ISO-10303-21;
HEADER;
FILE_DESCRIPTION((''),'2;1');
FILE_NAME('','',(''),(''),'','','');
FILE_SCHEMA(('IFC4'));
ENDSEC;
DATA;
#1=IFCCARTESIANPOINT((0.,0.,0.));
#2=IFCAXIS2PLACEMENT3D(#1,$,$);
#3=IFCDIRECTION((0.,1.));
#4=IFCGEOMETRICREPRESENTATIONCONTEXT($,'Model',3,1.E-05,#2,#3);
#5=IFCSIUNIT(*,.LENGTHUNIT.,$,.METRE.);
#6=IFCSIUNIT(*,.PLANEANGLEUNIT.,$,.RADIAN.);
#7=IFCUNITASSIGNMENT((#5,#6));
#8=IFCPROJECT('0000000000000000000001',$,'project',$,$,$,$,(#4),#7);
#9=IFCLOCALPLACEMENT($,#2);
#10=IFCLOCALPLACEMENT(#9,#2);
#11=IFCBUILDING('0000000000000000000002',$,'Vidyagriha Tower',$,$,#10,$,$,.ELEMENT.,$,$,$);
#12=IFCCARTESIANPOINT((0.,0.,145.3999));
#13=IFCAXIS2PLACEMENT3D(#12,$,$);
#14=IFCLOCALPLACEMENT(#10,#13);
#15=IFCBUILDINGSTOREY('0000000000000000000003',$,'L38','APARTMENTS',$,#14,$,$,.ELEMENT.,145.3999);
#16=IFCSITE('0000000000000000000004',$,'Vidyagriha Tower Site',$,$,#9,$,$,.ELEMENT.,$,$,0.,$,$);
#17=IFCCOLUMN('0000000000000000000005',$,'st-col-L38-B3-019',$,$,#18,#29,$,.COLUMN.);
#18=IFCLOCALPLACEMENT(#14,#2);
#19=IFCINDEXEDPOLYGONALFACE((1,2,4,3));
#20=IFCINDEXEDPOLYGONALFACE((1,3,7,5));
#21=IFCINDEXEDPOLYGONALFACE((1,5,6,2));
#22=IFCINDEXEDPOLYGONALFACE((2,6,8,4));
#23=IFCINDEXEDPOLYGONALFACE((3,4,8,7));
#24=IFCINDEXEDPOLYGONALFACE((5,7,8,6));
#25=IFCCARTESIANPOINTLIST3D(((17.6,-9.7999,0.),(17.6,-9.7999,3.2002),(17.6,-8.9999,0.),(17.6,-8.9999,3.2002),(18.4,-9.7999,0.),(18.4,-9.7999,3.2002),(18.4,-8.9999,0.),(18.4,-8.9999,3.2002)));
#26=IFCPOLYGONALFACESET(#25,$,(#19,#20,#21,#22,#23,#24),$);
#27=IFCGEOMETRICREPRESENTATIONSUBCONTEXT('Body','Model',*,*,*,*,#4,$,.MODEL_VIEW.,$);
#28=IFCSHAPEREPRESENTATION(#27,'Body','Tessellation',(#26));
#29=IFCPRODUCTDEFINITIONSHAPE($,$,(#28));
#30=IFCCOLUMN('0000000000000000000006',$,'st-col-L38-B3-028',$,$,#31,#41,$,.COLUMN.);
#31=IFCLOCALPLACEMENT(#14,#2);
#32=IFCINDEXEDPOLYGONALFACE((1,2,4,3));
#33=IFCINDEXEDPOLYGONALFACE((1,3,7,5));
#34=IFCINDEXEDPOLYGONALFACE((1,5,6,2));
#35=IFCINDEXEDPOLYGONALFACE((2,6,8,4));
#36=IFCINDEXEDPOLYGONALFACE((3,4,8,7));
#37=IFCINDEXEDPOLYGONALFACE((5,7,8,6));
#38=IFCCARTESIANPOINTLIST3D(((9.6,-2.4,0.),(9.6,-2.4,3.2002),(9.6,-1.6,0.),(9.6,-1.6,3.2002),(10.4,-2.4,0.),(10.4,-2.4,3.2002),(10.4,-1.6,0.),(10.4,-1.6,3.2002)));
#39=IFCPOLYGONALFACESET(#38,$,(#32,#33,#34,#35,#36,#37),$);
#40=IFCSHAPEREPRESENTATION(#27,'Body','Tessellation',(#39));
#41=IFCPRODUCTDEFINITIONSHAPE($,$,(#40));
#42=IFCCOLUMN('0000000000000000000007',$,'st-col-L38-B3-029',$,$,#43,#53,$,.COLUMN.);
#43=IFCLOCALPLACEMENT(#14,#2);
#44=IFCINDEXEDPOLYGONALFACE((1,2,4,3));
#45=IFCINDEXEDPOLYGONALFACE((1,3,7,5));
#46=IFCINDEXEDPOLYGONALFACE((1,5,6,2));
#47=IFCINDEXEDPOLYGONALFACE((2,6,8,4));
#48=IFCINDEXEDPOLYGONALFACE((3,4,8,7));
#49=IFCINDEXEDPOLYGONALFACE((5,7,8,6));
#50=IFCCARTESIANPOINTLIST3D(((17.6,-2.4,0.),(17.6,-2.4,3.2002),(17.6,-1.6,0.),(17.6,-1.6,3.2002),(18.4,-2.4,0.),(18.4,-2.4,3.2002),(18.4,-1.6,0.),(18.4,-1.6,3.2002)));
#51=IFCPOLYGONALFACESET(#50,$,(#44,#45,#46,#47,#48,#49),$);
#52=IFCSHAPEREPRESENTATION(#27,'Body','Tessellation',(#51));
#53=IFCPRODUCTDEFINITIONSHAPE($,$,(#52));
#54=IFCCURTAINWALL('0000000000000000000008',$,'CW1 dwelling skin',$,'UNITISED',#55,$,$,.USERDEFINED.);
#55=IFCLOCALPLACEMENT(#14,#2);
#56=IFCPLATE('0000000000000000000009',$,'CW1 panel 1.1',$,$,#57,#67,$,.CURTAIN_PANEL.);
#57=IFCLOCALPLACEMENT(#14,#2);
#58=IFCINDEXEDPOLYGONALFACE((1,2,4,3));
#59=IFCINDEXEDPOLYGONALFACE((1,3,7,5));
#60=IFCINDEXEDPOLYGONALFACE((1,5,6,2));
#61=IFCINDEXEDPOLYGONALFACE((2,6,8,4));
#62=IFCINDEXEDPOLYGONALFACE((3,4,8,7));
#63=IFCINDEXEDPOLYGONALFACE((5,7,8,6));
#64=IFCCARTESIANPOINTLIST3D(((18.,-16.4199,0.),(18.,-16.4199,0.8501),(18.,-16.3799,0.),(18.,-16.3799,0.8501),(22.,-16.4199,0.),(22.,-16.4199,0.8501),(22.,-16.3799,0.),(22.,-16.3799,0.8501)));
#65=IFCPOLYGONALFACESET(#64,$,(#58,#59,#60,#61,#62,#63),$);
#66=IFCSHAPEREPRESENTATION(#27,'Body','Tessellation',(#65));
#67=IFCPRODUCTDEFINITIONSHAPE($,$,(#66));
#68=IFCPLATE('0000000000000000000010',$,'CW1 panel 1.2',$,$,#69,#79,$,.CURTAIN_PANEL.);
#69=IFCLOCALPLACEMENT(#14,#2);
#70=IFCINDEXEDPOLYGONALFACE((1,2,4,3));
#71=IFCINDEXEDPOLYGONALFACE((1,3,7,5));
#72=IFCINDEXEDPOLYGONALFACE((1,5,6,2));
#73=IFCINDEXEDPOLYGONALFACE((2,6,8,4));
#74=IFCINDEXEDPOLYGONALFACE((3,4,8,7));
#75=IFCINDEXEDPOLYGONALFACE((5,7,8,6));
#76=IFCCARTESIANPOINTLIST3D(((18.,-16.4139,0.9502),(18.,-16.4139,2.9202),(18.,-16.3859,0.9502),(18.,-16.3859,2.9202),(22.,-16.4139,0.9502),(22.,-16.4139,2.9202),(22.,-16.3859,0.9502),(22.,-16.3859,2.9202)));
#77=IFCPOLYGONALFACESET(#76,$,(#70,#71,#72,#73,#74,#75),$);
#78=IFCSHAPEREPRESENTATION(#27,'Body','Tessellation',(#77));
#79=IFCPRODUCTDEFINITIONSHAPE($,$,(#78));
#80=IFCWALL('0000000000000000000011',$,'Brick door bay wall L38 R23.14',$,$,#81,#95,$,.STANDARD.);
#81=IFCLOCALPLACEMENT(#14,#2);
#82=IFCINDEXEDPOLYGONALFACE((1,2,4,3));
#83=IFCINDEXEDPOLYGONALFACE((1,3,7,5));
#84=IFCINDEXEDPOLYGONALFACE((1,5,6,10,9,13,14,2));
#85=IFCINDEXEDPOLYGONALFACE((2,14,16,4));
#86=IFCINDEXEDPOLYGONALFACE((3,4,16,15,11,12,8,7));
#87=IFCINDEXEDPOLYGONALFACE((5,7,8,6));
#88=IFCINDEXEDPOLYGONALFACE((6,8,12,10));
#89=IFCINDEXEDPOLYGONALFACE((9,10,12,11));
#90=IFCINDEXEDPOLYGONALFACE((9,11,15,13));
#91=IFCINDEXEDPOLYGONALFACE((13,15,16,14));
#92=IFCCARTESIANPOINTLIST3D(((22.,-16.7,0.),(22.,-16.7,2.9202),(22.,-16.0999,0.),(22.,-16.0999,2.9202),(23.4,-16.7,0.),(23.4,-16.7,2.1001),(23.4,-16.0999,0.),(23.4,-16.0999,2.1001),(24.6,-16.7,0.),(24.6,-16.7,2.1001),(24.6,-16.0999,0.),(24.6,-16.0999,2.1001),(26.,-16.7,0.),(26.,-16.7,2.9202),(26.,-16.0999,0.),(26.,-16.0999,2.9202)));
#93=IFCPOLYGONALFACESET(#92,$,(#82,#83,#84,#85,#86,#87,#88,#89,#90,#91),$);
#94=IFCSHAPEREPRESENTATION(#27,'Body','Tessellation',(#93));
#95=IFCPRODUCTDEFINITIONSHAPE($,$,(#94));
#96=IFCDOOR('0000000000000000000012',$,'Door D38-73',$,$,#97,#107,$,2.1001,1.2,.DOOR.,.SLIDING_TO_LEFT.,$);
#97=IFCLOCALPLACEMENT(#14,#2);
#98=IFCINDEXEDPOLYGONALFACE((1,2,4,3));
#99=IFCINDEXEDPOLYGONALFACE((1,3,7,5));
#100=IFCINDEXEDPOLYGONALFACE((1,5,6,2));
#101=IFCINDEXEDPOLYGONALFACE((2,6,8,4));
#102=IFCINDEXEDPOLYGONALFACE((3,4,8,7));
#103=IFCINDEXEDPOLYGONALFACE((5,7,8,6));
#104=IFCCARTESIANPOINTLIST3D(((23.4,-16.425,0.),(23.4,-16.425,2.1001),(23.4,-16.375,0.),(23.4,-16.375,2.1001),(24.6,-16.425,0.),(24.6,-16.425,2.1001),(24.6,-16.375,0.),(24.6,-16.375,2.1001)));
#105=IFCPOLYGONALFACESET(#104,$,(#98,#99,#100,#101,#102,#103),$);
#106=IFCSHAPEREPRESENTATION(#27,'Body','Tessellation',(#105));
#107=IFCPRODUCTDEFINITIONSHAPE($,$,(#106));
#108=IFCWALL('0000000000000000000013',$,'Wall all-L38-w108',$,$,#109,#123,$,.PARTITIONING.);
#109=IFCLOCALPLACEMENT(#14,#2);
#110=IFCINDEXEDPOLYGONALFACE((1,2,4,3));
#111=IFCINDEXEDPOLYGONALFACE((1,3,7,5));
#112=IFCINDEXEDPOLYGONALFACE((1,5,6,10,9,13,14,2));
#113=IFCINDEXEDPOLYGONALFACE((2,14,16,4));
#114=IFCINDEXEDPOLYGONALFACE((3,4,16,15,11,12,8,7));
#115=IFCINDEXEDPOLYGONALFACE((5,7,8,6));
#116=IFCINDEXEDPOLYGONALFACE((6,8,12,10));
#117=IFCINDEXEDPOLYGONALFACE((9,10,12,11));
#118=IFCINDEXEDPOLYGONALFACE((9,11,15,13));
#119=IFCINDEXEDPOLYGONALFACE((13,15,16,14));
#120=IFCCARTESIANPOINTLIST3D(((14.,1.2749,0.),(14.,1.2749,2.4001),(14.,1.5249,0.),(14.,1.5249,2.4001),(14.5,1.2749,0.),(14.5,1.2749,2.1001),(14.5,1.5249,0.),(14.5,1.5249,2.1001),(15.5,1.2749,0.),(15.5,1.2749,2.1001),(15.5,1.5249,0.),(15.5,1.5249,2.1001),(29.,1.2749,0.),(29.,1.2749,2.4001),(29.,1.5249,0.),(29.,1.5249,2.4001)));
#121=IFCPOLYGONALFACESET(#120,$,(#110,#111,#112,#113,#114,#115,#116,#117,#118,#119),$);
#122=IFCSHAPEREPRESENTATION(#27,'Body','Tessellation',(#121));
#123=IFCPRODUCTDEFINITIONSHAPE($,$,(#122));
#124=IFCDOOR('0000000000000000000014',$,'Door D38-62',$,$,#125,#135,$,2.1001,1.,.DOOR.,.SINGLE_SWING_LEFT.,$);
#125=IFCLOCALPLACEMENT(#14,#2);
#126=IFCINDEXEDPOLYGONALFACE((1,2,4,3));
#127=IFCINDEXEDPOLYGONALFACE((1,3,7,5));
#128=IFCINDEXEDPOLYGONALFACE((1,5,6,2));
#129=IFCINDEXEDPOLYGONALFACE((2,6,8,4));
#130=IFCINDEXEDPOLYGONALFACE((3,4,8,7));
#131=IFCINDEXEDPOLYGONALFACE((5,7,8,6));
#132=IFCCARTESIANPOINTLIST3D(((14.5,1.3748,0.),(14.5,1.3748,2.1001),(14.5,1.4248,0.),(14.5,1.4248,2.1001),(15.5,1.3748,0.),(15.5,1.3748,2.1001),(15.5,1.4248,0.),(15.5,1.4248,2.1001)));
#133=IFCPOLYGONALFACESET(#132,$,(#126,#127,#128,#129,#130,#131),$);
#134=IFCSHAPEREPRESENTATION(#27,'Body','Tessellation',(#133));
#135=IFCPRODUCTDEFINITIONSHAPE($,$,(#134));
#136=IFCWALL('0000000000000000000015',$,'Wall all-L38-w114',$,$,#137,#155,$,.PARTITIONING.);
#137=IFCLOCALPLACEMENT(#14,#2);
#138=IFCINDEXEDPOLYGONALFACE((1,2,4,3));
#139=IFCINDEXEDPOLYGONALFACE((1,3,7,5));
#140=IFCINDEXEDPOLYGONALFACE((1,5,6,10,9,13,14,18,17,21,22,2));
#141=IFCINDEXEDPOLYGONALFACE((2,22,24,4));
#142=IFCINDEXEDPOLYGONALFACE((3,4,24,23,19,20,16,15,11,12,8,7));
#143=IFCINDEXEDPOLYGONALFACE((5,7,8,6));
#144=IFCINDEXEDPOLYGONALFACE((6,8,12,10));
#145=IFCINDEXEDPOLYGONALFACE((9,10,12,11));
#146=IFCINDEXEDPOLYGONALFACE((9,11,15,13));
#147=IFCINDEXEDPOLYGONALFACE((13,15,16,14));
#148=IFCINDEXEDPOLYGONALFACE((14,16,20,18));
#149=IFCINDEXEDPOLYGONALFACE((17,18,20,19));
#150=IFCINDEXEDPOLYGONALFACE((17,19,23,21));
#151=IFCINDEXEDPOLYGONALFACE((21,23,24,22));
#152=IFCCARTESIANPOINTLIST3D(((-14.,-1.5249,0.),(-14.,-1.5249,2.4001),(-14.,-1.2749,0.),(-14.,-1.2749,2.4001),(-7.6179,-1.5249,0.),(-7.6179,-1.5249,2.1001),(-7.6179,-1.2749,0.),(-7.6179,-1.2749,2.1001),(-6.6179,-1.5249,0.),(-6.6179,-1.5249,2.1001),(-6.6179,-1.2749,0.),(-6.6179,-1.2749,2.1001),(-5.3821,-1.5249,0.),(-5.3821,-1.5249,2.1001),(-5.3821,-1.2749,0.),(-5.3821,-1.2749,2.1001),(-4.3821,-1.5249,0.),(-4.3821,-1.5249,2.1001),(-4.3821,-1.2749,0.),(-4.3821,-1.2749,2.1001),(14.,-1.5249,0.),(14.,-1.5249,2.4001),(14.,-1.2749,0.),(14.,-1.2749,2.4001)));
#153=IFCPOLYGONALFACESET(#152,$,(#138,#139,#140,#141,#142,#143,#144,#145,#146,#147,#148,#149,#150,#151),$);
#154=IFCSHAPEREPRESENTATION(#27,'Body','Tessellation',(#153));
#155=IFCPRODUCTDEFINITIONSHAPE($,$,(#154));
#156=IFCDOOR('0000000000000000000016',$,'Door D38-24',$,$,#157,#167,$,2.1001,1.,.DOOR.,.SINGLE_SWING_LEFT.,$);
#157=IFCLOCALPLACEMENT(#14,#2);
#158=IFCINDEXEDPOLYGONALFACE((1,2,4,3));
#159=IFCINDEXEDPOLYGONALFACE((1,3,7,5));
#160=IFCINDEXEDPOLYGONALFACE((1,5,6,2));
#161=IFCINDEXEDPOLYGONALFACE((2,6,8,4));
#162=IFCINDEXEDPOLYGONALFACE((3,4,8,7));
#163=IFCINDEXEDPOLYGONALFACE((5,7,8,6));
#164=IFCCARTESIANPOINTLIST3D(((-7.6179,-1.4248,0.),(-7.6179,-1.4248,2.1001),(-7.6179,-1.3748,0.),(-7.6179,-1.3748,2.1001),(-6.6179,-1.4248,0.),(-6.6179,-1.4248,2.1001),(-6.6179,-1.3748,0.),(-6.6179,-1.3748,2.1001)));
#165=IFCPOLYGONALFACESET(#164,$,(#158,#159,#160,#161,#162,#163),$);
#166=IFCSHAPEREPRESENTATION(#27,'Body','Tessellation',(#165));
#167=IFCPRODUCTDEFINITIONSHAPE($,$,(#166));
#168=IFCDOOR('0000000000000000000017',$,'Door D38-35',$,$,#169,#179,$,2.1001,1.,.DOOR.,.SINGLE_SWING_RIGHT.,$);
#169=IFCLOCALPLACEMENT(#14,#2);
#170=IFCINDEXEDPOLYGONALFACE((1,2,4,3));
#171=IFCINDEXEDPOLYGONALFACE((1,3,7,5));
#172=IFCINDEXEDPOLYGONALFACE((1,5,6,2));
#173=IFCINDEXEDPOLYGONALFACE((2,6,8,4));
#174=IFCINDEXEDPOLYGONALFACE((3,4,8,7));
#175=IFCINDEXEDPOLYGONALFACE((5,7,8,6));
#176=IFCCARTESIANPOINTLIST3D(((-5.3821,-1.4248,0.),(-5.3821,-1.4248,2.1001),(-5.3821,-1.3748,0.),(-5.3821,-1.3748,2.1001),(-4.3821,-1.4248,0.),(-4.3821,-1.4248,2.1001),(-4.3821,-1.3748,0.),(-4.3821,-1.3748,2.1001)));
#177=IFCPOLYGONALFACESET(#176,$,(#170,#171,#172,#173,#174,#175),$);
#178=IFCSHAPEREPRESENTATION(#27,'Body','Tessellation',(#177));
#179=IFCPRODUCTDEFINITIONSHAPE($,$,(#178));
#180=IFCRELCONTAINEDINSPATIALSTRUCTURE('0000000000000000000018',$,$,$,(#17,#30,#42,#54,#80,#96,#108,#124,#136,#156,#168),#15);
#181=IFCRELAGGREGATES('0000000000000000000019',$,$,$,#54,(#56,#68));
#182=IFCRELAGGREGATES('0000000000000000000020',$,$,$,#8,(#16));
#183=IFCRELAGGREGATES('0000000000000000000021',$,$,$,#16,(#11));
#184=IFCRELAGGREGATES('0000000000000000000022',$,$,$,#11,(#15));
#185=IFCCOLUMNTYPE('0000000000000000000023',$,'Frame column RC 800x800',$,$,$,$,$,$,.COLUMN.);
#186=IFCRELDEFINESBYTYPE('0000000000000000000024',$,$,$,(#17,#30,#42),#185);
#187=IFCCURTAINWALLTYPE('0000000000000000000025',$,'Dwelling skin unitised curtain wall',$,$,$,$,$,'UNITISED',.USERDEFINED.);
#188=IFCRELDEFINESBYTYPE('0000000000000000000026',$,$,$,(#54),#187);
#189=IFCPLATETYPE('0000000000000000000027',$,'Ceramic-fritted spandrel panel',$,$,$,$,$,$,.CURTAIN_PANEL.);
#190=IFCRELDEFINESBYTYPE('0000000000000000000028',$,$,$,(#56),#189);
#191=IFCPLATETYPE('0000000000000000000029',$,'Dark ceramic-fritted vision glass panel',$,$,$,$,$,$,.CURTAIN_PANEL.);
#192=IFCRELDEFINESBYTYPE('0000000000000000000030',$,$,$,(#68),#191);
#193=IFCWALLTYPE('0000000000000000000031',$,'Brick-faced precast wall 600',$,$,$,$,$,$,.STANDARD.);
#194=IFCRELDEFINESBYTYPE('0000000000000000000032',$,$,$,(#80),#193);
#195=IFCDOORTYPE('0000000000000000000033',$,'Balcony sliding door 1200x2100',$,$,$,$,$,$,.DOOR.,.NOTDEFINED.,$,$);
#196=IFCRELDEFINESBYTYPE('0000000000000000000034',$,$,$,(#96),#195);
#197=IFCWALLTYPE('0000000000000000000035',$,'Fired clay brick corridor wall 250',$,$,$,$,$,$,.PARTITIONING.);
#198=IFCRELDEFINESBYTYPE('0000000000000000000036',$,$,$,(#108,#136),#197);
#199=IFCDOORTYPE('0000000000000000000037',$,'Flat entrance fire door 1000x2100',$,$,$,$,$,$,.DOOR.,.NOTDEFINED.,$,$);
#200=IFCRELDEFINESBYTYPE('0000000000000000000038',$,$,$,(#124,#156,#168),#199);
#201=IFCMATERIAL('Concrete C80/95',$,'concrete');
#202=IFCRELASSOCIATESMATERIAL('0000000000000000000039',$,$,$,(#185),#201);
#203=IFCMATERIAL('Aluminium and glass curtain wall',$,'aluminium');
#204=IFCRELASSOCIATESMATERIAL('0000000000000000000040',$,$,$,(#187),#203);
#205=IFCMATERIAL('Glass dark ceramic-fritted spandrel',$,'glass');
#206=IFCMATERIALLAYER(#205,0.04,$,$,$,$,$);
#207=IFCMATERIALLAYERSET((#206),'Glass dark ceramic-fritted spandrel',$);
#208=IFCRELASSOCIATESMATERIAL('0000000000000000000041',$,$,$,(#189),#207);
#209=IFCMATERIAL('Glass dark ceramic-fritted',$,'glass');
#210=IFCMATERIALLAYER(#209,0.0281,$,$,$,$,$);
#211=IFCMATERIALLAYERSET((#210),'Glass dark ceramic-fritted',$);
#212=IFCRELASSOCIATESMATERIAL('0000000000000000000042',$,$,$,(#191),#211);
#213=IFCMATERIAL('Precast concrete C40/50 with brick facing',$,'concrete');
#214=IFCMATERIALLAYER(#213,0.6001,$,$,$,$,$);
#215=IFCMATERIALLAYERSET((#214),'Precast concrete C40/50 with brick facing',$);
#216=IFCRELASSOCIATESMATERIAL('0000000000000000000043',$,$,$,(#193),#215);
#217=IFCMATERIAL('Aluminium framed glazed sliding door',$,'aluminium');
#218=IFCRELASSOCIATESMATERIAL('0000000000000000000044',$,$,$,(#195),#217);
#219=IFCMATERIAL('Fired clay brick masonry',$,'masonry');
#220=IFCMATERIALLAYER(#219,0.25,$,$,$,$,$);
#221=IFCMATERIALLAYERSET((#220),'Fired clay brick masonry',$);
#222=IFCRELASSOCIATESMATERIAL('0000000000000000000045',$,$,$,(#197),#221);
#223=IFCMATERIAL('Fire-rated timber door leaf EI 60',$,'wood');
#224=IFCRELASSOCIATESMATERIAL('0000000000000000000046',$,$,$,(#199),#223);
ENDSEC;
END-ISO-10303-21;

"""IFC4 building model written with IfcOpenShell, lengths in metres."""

from ifc_helpers import new_model, si_unit, direction, frame, frame_2d, origin, origin_2d, place, context, subcontext, project, spatial, rectangle, extrude, material, layer, layer_set, material_profile, profile_set, type_object, element, fill, aggregate, save


model = new_model("IFC4")

# Units and contexts
model_context = context("Model", 3, precision=1e-05, world=origin(), true_north=direction((0.0, 1.0)))
body_context = subcontext(model_context, "Body", "Model", "MODEL_VIEW")
ifc_project = project(units=[si_unit("LENGTHUNIT", "METRE"), si_unit("PLANEANGLEUNIT", "RADIAN")], contexts=[model_context])

# Site, building, storey
site_placement = place(None, origin())
site = spatial("IfcSite", under=ifc_project, at=site_placement, Name="Vidyagriha Tower Site", CompositionType="ELEMENT", RefElevation=0.0)
building_placement = place(site_placement, origin())
building = spatial("IfcBuilding", under=site, at=building_placement, Name="Vidyagriha Tower", CompositionType="ELEMENT")
storey_placement = place(building_placement, frame((0.0, 0.0, 145.3999)))
storey = spatial("IfcBuildingStorey", under=building, at=storey_placement, Name="L38", Description="APARTMENTS", CompositionType="ELEMENT", Elevation=145.3999)

# Columns
ifc_material_1 = material(Name="Concrete C80/95", Category="concrete")
ifc_material_profile = material_profile(ifc_material_1, rectangle(XDim=0.8, YDim=0.8, at=origin_2d()), Name="RC 800x800")
ifc_profile_set = profile_set([ifc_material_profile], Name="Concrete C80/95")
column_type = type_object("IfcColumnType", Name="Frame column RC 800x800", PredefinedType="COLUMN", material=ifc_profile_set)
for number, where, name in (
    (1, (18.0, -9.3999, 0.0), "st-col-L38-B3-019"),
    (2, (10.0, -2.0, 0.0), "st-col-L38-B3-028"),
    (3, (18.0, -2.0, 0.0), "st-col-L38-B3-029"),
):
    element("IfcColumn", number, at=place(storey_placement, frame(where)), inside=storey, type_object=column_type, Name=name, PredefinedType="COLUMN", context=body_context, shape_type="SweptSolid", body=[
        extrude(rectangle(XDim=0.8, YDim=0.8, at=origin_2d()), origin(), (0.0, 0.0, 1.0), 3.2002),
    ])

# Curtain wall, plates
ifc_material_2 = material(Name="Aluminium and glass curtain wall", Category="aluminium")
curtain_wall_type = type_object("IfcCurtainWallType", Name="Dwelling skin unitised curtain wall", ElementType="UNITISED", PredefinedType="USERDEFINED", material=ifc_material_2)
curtain_wall_placement = place(storey_placement, origin())
curtain_wall = element("IfcCurtainWall", 4, at=curtain_wall_placement, inside=storey, type_object=curtain_wall_type, Name="CW1 dwelling skin", ObjectType="UNITISED", PredefinedType="USERDEFINED")
ifc_material_3 = material(Name="Glass dark ceramic-fritted spandrel", Category="glass")
ifc_layer_1 = layer(ifc_material_3, 0.04)
ifc_layer_set_1 = layer_set([ifc_layer_1], Name="Glass dark ceramic-fritted spandrel")
plate_type_1 = type_object("IfcPlateType", Name="Ceramic-fritted spandrel panel", PredefinedType="CURTAIN_PANEL", material=ifc_layer_set_1)
plate_1_placement = place(storey_placement, frame((20.0, -16.3999, 0.0)))
plate_1 = element("IfcPlate", 5, at=plate_1_placement, type_object=plate_type_1, Name="CW1 panel 1.1", PredefinedType="CURTAIN_PANEL", context=body_context, shape_type="SweptSolid", body=[
    extrude(rectangle(XDim=4.0, YDim=0.04, at=origin_2d()), origin(), (0.0, 0.0, 1.0), 0.8501),
])
ifc_material_4 = material(Name="Glass dark ceramic-fritted", Category="glass")
ifc_layer_2 = layer(ifc_material_4, 0.0281)
ifc_layer_set_2 = layer_set([ifc_layer_2], Name="Glass dark ceramic-fritted")
plate_type_2 = type_object("IfcPlateType", Name="Dark ceramic-fritted vision glass panel", PredefinedType="CURTAIN_PANEL", material=ifc_layer_set_2)
plate_2_placement = place(storey_placement, frame((20.0, -16.3999, 0.9502)))
plate_2 = element("IfcPlate", 6, at=plate_2_placement, type_object=plate_type_2, Name="CW1 panel 1.2", PredefinedType="CURTAIN_PANEL", context=body_context, shape_type="SweptSolid", body=[
    extrude(rectangle(XDim=4.0, YDim=0.0281, at=origin_2d()), origin(), (0.0, 0.0, 1.0), 1.97),
])
aggregate(curtain_wall, [plate_1, plate_2])

# Walls, openings, doors
ifc_material_5 = material(Name="Precast concrete C40/50 with brick facing", Category="concrete")
ifc_layer_3 = layer(ifc_material_5, 0.6001)
ifc_layer_set_3 = layer_set([ifc_layer_3], Name="Precast concrete C40/50 with brick facing")
wall_type_1 = type_object("IfcWallType", Name="Brick-faced precast wall 600", PredefinedType="STANDARD", material=ifc_layer_set_3)
wall_1_placement = place(storey_placement, frame((22.0, -16.3999, 0.0)))
wall_1 = element("IfcWall", 7, at=wall_1_placement, inside=storey, type_object=wall_type_1, Name="Brick door bay wall L38 R23.14", PredefinedType="STANDARD", context=body_context, shape_type="SweptSolid", body=[
    extrude(rectangle(XDim=4.0, YDim=0.6001, at=frame_2d((2.0, 0.0))), origin(), (0.0, 0.0, 1.0), 2.9202),
])
opening_1_placement = place(wall_1_placement, frame((1.3999, 0.0, 0.0)))
opening_1 = element("IfcOpeningElement", 8, at=opening_1_placement, cuts=wall_1, PredefinedType="OPENING", context=body_context, shape_type="SweptSolid", body=[
    extrude(rectangle(XDim=1.2, YDim=2.1001, at=frame_2d((0.6001, 1.05))), frame((0.0, 0.3101, 0.0), z_axis=(0.0, -1.0, 0.0), x_axis=(1.0, 0.0, 0.0)), (0.0, 0.0, 1.0), 0.6201),
])
ifc_material_6 = material(Name="Aluminium framed glazed sliding door", Category="aluminium")
door_type_1 = type_object("IfcDoorType", Name="Balcony sliding door 1200x2100", OperationType="NOTDEFINED", PredefinedType="DOOR", material=ifc_material_6)
door_1_placement = place(opening_1_placement, origin())
door_1 = element("IfcDoor", 9, at=door_1_placement, inside=storey, type_object=door_type_1, Name="Door D38-73", OperationType="SLIDING_TO_LEFT", OverallHeight=2.1001, OverallWidth=1.2, PredefinedType="DOOR", context=body_context, shape_type="SweptSolid", body=[
    extrude(rectangle(XDim=1.2, YDim=2.1001, at=frame_2d((0.6001, 1.05))), frame((0.0, 0.0249, 0.0), z_axis=(0.0, -1.0, 0.0), x_axis=(1.0, 0.0, 0.0)), (0.0, 0.0, 1.0), 0.05),
])
fill(opening_1, door_1)
ifc_material_7 = material(Name="Fired clay brick masonry", Category="masonry")
ifc_layer_4 = layer(ifc_material_7, 0.25)
ifc_layer_set_4 = layer_set([ifc_layer_4], Name="Fired clay brick masonry")
wall_type_2 = type_object("IfcWallType", Name="Fired clay brick corridor wall 250", PredefinedType="PARTITIONING", material=ifc_layer_set_4)
wall_2_placement = place(storey_placement, frame((14.0, 1.3999, 0.0)))
wall_2 = element("IfcWall", 10, at=wall_2_placement, inside=storey, type_object=wall_type_2, Name="Wall all-L38-w108", PredefinedType="PARTITIONING", context=body_context, shape_type="SweptSolid", body=[
    extrude(rectangle(XDim=15.0, YDim=0.25, at=frame_2d((7.5, 0.0))), origin(), (0.0, 0.0, 1.0), 2.4001),
])
opening_2_placement = place(wall_2_placement, frame((0.5, 0.0, 0.0)))
opening_2 = element("IfcOpeningElement", 11, at=opening_2_placement, cuts=wall_2, PredefinedType="OPENING", context=body_context, shape_type="SweptSolid", body=[
    extrude(rectangle(XDim=1.0, YDim=2.1001, at=frame_2d((0.5, 1.05))), frame((0.0, 0.135, 0.0), z_axis=(0.0, -1.0, 0.0), x_axis=(1.0, 0.0, 0.0)), (0.0, 0.0, 1.0), 0.27),
])
ifc_material_8 = material(Name="Fire-rated timber door leaf EI 60", Category="wood")
door_type_2 = type_object("IfcDoorType", Name="Flat entrance fire door 1000x2100", OperationType="NOTDEFINED", PredefinedType="DOOR", material=ifc_material_8)
door_2_placement = place(opening_2_placement, origin())
door_2 = element("IfcDoor", 12, at=door_2_placement, inside=storey, type_object=door_type_2, Name="Door D38-62", OperationType="SINGLE_SWING_LEFT", OverallHeight=2.1001, OverallWidth=1.0, PredefinedType="DOOR", context=body_context, shape_type="SweptSolid", body=[
    extrude(rectangle(XDim=1.0, YDim=2.1001, at=frame_2d((0.5, 1.05))), frame((0.0, 0.0249, 0.0), z_axis=(0.0, -1.0, 0.0), x_axis=(1.0, 0.0, 0.0)), (0.0, 0.0, 1.0), 0.05),
])
fill(opening_2, door_2)

# Wall, openings, doors
wall_3_placement = place(storey_placement, frame((14.0, -1.3999, 0.0), z_axis=(0.0, 0.0, 1.0), x_axis=(-1.0, 0.0, 0.0)))
wall_3 = element("IfcWall", 13, at=wall_3_placement, inside=storey, type_object=wall_type_2, Name="Wall all-L38-w114", PredefinedType="PARTITIONING", context=body_context, shape_type="SweptSolid", body=[
    extrude(rectangle(XDim=28.0, YDim=0.25, at=frame_2d((14.0, 0.0))), origin(), (0.0, 0.0, 1.0), 2.4001),
])
opening_3_placement = place(wall_3_placement, frame((20.6179, 0.0, 0.0)))
opening_3 = element("IfcOpeningElement", 14, at=opening_3_placement, cuts=wall_3, PredefinedType="OPENING", context=body_context, shape_type="SweptSolid", body=[
    extrude(rectangle(XDim=1.0, YDim=2.1001, at=frame_2d((0.5, 1.05))), frame((0.0, 0.135, 0.0), z_axis=(0.0, -1.0, 0.0), x_axis=(1.0, 0.0, 0.0)), (0.0, 0.0, 1.0), 0.27),
])
opening_4_placement = place(wall_3_placement, frame((18.3821, 0.0, 0.0)))
opening_4 = element("IfcOpeningElement", 15, at=opening_4_placement, cuts=wall_3, PredefinedType="OPENING", context=body_context, shape_type="SweptSolid", body=[
    extrude(rectangle(XDim=1.0, YDim=2.1001, at=frame_2d((0.5, 1.05))), frame((0.0, 0.135, 0.0), z_axis=(0.0, -1.0, 0.0), x_axis=(1.0, 0.0, 0.0)), (0.0, 0.0, 1.0), 0.27),
])
door_3_placement = place(opening_3_placement, origin())
door_3 = element("IfcDoor", 16, at=door_3_placement, inside=storey, type_object=door_type_2, Name="Door D38-24", OperationType="SINGLE_SWING_LEFT", OverallHeight=2.1001, OverallWidth=1.0, PredefinedType="DOOR", context=body_context, shape_type="SweptSolid", body=[
    extrude(rectangle(XDim=1.0, YDim=2.1001, at=frame_2d((0.5, 1.05))), frame((0.0, 0.0249, 0.0), z_axis=(0.0, -1.0, 0.0), x_axis=(1.0, 0.0, 0.0)), (0.0, 0.0, 1.0), 0.05),
])
fill(opening_3, door_3)
door_4_placement = place(opening_4_placement, origin())
door_4 = element("IfcDoor", 17, at=door_4_placement, inside=storey, type_object=door_type_2, Name="Door D38-35", OperationType="SINGLE_SWING_RIGHT", OverallHeight=2.1001, OverallWidth=1.0, PredefinedType="DOOR", context=body_context, shape_type="SweptSolid", body=[
    extrude(rectangle(XDim=1.0, YDim=2.1001, at=frame_2d((0.5, 1.05))), frame((0.0, 0.0249, 0.0), z_axis=(0.0, -1.0, 0.0), x_axis=(1.0, 0.0, 0.0)), (0.0, 0.0, 1.0), 0.05),
])
fill(opening_4, door_4)

save(model, "model.ifc")
